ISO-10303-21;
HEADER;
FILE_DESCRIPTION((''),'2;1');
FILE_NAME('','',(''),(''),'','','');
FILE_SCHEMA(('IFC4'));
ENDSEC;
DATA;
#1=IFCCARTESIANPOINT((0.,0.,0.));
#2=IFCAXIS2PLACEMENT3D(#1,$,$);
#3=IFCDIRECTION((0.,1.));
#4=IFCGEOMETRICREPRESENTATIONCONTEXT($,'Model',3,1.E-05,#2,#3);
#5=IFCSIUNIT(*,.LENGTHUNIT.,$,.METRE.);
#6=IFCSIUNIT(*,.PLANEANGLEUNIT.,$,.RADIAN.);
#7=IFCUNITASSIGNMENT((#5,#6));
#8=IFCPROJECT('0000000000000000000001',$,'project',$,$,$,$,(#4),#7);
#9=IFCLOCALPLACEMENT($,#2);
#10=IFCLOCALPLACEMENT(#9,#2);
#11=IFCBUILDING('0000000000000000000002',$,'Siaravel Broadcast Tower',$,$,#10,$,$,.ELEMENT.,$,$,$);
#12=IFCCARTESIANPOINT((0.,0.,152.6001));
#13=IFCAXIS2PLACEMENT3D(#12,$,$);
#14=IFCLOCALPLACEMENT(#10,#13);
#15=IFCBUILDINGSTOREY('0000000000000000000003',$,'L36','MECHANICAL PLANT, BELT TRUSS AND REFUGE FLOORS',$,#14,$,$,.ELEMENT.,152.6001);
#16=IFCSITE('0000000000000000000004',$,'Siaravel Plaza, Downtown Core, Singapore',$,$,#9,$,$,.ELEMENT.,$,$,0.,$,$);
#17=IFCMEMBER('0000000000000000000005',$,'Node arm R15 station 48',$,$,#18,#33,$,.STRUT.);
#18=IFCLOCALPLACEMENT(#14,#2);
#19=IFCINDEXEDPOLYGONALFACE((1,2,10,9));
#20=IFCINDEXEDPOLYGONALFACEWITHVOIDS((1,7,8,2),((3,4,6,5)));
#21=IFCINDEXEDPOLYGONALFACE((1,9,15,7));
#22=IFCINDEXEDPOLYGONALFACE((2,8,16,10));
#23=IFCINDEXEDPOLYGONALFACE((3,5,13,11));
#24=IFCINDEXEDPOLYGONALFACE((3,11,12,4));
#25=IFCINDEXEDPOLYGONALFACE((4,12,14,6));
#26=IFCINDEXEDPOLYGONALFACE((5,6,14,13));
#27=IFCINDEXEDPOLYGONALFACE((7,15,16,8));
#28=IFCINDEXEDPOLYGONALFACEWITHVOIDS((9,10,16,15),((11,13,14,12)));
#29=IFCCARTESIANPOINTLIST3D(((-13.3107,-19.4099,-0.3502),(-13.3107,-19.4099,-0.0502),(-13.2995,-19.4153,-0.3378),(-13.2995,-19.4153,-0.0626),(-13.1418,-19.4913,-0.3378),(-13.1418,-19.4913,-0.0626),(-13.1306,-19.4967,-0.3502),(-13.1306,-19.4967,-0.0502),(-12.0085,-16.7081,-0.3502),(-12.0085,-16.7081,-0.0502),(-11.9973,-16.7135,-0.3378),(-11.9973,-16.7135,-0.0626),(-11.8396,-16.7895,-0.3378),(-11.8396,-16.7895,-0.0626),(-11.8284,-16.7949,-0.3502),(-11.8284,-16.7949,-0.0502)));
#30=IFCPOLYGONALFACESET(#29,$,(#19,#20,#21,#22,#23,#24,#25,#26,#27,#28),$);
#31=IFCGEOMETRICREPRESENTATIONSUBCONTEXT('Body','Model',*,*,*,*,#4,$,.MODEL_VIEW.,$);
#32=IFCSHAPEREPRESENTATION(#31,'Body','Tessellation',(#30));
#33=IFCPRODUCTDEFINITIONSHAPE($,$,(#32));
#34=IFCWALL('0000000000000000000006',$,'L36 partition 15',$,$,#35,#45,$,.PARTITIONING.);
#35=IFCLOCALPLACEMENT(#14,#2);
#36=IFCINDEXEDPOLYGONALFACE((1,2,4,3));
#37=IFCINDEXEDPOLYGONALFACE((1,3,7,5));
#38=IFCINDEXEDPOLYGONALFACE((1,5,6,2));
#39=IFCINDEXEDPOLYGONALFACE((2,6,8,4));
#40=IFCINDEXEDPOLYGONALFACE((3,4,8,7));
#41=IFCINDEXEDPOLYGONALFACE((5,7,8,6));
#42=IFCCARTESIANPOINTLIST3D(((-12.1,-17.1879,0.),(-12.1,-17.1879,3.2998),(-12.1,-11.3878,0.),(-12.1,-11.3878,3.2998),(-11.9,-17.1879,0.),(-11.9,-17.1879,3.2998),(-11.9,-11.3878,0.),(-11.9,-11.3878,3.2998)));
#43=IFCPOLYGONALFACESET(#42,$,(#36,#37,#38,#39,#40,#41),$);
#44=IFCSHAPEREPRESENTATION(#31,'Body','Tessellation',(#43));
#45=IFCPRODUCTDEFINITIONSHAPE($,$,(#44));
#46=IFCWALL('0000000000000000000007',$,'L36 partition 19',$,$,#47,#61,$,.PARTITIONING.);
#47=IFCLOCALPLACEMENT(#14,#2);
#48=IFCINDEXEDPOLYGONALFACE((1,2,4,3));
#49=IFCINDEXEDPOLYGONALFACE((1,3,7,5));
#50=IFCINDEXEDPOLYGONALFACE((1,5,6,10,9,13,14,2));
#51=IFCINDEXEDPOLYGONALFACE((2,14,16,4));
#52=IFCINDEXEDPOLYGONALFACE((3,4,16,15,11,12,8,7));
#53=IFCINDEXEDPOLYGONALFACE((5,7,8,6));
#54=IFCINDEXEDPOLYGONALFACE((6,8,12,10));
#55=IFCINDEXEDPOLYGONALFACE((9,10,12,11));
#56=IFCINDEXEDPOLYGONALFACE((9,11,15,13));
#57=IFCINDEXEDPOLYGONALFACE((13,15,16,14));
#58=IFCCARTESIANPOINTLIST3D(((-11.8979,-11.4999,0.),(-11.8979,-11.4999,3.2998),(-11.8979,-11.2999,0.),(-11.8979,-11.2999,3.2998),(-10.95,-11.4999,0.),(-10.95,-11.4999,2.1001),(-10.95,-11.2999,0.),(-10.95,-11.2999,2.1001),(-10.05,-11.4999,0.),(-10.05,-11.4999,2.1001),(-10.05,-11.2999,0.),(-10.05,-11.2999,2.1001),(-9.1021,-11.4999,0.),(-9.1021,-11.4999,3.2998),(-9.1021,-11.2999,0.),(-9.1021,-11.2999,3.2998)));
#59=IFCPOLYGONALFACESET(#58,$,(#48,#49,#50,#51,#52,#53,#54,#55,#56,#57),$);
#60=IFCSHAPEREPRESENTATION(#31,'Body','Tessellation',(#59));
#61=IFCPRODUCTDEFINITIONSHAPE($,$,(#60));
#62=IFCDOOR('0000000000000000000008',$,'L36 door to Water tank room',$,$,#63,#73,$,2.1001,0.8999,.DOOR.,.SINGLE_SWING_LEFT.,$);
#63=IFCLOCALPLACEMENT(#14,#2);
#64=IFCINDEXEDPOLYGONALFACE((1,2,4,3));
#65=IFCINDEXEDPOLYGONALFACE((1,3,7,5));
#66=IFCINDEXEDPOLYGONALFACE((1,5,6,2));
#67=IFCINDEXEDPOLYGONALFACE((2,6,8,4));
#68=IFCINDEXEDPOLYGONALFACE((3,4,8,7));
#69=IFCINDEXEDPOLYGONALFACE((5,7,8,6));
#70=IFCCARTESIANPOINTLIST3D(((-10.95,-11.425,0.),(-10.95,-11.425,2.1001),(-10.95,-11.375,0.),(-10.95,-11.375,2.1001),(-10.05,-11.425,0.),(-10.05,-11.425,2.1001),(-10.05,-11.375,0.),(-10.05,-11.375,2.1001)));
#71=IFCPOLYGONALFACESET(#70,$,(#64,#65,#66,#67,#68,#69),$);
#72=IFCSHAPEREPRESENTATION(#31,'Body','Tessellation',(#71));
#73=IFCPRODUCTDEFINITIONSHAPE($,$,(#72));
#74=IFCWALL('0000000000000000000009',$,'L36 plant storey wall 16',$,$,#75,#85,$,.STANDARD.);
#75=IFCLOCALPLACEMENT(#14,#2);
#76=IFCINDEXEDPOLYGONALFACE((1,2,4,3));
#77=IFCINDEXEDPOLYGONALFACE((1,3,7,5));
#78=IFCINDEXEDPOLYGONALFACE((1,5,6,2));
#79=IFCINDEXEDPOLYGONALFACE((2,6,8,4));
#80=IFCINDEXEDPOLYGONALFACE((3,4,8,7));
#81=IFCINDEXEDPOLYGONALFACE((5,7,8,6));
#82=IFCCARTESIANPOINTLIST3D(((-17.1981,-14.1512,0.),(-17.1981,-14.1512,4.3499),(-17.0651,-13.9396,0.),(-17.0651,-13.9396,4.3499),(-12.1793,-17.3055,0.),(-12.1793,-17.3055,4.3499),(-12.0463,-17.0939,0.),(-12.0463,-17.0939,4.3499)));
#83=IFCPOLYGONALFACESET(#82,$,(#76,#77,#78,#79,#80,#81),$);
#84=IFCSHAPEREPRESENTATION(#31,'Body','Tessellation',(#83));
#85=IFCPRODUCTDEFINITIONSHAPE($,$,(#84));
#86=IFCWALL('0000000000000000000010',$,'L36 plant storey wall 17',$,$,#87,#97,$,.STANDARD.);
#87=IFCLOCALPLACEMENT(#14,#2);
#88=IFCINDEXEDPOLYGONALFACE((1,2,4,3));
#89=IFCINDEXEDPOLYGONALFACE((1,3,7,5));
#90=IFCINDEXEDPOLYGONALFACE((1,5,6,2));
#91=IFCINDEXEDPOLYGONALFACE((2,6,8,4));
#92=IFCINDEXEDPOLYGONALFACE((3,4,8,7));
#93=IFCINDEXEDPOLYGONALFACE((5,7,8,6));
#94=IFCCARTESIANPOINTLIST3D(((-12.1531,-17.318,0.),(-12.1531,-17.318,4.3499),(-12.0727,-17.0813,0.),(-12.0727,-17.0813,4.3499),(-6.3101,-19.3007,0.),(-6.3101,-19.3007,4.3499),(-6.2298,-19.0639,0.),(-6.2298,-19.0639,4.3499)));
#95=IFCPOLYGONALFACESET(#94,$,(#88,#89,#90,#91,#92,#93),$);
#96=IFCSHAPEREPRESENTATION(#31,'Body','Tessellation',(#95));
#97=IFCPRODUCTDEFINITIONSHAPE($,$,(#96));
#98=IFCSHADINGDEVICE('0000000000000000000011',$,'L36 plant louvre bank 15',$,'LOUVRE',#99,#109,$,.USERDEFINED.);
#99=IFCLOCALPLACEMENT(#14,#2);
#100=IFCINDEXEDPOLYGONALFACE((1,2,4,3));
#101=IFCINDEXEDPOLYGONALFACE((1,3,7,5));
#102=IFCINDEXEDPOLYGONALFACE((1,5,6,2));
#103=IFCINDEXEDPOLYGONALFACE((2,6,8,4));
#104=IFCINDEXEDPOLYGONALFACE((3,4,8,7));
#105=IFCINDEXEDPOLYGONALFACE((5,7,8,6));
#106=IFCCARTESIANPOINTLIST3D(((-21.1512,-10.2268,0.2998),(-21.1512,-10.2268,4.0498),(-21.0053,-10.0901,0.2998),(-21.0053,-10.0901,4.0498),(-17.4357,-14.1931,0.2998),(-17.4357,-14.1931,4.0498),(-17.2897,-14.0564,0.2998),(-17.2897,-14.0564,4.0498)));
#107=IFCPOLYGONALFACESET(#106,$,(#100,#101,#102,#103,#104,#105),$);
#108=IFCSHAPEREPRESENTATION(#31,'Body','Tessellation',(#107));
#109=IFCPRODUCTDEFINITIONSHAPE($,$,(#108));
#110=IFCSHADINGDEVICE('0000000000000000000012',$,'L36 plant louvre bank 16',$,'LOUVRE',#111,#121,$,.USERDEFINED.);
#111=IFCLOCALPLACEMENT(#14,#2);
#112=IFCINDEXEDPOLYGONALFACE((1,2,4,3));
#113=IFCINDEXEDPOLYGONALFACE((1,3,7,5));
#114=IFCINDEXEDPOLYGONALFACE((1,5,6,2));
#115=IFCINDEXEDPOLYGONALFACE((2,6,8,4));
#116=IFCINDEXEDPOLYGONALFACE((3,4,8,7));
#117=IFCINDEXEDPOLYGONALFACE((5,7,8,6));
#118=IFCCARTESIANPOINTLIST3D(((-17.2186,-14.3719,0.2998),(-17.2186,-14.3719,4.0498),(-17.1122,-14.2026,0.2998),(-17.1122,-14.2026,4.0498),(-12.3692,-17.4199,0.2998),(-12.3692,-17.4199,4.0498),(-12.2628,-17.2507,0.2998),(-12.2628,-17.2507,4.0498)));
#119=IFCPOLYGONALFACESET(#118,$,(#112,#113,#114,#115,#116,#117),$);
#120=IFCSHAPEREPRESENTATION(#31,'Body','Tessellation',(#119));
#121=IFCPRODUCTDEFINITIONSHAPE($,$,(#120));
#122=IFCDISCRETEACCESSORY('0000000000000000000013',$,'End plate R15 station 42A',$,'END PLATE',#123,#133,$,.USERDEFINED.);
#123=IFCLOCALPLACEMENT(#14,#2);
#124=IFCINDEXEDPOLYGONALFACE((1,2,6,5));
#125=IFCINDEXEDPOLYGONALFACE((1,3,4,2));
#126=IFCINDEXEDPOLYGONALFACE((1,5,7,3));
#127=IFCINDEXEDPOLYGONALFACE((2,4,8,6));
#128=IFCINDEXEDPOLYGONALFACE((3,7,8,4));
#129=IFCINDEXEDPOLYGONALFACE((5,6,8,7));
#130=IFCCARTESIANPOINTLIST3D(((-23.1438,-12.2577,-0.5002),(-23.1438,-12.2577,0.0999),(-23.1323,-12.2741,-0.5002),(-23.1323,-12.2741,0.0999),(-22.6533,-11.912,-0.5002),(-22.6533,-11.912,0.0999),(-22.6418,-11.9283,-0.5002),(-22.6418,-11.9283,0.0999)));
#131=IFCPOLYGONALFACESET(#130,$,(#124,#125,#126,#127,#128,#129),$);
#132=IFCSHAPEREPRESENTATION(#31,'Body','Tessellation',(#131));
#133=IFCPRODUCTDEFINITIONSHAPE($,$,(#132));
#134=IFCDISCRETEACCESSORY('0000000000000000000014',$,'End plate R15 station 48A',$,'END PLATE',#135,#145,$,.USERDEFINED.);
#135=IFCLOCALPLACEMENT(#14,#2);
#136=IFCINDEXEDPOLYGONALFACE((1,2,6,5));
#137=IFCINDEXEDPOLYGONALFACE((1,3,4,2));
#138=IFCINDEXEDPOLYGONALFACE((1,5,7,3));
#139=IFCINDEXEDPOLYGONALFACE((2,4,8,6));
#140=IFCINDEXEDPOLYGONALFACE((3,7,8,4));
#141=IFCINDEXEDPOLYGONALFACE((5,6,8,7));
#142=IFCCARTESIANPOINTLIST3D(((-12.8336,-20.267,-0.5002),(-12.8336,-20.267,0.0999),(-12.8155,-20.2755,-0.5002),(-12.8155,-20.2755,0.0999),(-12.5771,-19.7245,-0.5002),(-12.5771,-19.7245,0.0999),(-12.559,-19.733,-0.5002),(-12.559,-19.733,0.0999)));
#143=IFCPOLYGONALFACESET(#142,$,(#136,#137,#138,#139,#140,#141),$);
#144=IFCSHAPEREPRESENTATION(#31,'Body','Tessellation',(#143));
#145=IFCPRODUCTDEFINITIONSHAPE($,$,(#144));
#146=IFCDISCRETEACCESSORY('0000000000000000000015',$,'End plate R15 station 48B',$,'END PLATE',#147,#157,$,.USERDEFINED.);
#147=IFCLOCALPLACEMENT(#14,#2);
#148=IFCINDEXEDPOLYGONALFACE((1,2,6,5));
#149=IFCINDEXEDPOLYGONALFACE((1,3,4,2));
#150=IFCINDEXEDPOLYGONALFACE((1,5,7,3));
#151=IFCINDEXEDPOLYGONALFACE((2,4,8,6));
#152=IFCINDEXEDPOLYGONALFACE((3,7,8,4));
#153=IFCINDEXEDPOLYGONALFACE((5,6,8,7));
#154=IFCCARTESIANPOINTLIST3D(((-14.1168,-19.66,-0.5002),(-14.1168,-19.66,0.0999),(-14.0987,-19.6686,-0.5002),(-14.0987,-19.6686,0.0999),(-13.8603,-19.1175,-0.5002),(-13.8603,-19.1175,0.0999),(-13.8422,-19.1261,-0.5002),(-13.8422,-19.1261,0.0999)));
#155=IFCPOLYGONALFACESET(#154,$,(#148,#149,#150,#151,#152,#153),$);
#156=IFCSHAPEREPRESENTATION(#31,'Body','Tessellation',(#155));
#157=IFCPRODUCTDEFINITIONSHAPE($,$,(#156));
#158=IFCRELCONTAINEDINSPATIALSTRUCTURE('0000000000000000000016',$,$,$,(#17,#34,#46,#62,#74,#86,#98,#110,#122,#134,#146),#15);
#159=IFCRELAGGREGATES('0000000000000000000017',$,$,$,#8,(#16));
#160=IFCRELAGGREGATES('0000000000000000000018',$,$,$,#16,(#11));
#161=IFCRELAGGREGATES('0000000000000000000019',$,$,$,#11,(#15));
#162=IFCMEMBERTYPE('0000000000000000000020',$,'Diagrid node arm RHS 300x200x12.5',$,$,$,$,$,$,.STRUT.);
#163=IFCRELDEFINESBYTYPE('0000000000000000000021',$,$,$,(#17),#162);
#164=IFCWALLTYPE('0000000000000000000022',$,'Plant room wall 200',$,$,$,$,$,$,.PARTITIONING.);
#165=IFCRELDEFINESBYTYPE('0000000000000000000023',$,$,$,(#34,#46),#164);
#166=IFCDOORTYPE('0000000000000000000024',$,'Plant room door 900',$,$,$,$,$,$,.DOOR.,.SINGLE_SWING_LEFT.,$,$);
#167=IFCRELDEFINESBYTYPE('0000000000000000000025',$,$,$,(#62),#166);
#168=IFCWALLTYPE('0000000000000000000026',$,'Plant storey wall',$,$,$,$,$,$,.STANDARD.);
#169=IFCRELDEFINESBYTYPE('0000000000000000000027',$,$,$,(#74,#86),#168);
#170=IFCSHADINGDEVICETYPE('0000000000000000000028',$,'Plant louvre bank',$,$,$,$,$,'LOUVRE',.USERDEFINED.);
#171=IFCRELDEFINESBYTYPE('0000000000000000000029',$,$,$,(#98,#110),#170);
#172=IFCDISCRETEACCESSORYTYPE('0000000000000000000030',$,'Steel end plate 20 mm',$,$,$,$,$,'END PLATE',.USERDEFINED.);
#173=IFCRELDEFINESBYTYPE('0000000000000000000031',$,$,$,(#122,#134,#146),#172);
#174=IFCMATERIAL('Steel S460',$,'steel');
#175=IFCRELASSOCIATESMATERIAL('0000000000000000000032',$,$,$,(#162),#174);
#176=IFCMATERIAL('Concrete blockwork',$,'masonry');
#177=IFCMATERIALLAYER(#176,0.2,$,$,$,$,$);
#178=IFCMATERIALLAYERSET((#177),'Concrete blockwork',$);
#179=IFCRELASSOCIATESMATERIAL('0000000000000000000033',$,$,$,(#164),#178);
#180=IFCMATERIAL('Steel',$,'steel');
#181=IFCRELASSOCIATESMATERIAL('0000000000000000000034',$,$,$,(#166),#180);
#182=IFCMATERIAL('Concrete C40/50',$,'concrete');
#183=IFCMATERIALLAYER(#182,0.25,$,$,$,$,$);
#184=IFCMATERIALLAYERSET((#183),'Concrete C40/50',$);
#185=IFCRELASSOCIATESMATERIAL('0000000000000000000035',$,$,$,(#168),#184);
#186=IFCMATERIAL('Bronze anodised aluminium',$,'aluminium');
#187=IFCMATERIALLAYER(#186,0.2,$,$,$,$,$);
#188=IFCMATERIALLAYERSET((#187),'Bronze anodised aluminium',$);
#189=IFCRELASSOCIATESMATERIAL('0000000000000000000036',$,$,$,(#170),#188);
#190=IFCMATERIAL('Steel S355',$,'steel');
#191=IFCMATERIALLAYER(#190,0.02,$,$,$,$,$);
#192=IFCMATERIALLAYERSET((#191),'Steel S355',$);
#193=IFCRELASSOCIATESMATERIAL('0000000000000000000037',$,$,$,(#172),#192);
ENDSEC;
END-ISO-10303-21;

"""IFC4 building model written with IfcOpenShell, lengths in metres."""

from ifc_helpers import new_model, si_unit, direction, frame, frame_2d, origin, origin_2d, place, context, subcontext, project, spatial, rectangle, hollow_rectangle, extrude, material, layer, layer_set, material_profile, profile_set, type_object, element, fill, save


model = new_model("IFC4")

# Units and contexts
model_context = context("Model", 3, precision=1e-05, world=origin(), true_north=direction((0.0, 1.0)))
body_context = subcontext(model_context, "Body", "Model", "MODEL_VIEW")
ifc_project = project(units=[si_unit("LENGTHUNIT", "METRE"), si_unit("PLANEANGLEUNIT", "RADIAN")], contexts=[model_context])

# Site, building, storey
site_placement = place(None, origin())
site = spatial("IfcSite", under=ifc_project, at=site_placement, Name="Siaravel Plaza, Downtown Core, Singapore", CompositionType="ELEMENT", RefElevation=0.0)
building_placement = place(site_placement, origin())
building = spatial("IfcBuilding", under=site, at=building_placement, Name="Siaravel Broadcast Tower", CompositionType="ELEMENT")
storey_placement = place(building_placement, frame((0.0, 0.0, 152.6001)))
storey = spatial("IfcBuildingStorey", under=building, at=storey_placement, Name="L36", Description="MECHANICAL PLANT, BELT TRUSS AND REFUGE FLOORS", CompositionType="ELEMENT", Elevation=152.6001)

# Shared definitions
ifc_material_1 = material(Name="Steel S355", Category="steel")
ifc_material_2 = material(Name="Steel S460", Category="steel")

# Member
ifc_material_profile_1 = material_profile(ifc_material_2, hollow_rectangle(XDim=0.2, YDim=0.3, WallThickness=0.0125, at=origin_2d()))
ifc_profile_set_1 = profile_set([ifc_material_profile_1], Name="Steel S460")
member_type_1 = type_object("IfcMemberType", Name="Diagrid node arm RHS 300x200x12.5", PredefinedType="STRUT", material=ifc_profile_set_1)
member_1_placement = place(storey_placement, frame((-11.9185, -16.7515, -0.2002), z_axis=(-0.434175, -0.900828, 0.0), x_axis=(0.900828, -0.434175, 0.0)))
element("IfcMember", 1, at=member_1_placement, inside=storey, type_object=member_type_1, Name="Node arm R15 station 48", PredefinedType="STRUT", context=body_context, shape_type="SweptSolid", body=[
    extrude(hollow_rectangle(XDim=0.2, YDim=0.3, WallThickness=0.0125, at=origin_2d()), origin(), (0.0, 0.0, 1.0), 2.9993),
])

# Wall
ifc_material_3 = material(Name="Concrete blockwork", Category="masonry")
ifc_layer_1 = layer(ifc_material_3, 0.2)
ifc_layer_set_1 = layer_set([ifc_layer_1], Name="Concrete blockwork")
wall_type_1 = type_object("IfcWallType", Name="Plant room wall 200", PredefinedType="PARTITIONING", material=ifc_layer_set_1)
wall_1_placement = place(storey_placement, frame((-12.0, -11.3879, 0.0), z_axis=(0.0, 0.0, 1.0), x_axis=(0.0, -1.0, 0.0)))
element("IfcWall", 2, at=wall_1_placement, inside=storey, type_object=wall_type_1, Name="L36 partition 15", PredefinedType="PARTITIONING", context=body_context, shape_type="SweptSolid", body=[
    extrude(rectangle(XDim=5.8, YDim=0.2, at=frame_2d((2.8999, 0.0))), origin(), (0.0, 0.0, 1.0), 3.2998),
])

# Wall, opening, door
wall_2_placement = place(storey_placement, frame((-11.8979, -11.3999, 0.0), z_axis=(0.0, 0.0, 1.0), x_axis=(1.0, 0.0, 0.0)))
wall_2 = element("IfcWall", 3, at=wall_2_placement, inside=storey, type_object=wall_type_1, Name="L36 partition 19", PredefinedType="PARTITIONING", context=body_context, shape_type="SweptSolid", body=[
    extrude(rectangle(XDim=2.7959, YDim=0.2, at=frame_2d((1.3979, 0.0))), origin(), (0.0, 0.0, 1.0), 3.2998),
])
opening_placement = place(wall_2_placement, frame((0.948, 0.0, 0.0)))
opening = element("IfcOpeningElement", 4, at=opening_placement, cuts=wall_2, PredefinedType="OPENING", context=body_context, shape_type="SweptSolid", body=[
    extrude(rectangle(XDim=0.8999, YDim=2.1001, at=frame_2d((0.45, 1.05))), frame((0.0, 0.1099, 0.0), z_axis=(0.0, -1.0, 0.0), x_axis=(1.0, 0.0, 0.0)), (0.0, 0.0, 1.0), 0.22),
])
ifc_material_4 = material(Name="Steel", Category="steel")
door_type = type_object("IfcDoorType", Name="Plant room door 900", OperationType="SINGLE_SWING_LEFT", PredefinedType="DOOR", material=ifc_material_4)
door_placement = place(opening_placement, origin())
door = element("IfcDoor", 5, at=door_placement, inside=storey, type_object=door_type, Name="L36 door to Water tank room", OperationType="SINGLE_SWING_LEFT", OverallHeight=2.1001, OverallWidth=0.8999, PredefinedType="DOOR", context=body_context, shape_type="SweptSolid", body=[
    extrude(rectangle(XDim=0.8999, YDim=2.1001, at=frame_2d((0.45, 1.05))), frame((0.0, 0.0249, 0.0), z_axis=(0.0, -1.0, 0.0), x_axis=(1.0, 0.0, 0.0)), (0.0, 0.0, 1.0), 0.05),
])
fill(opening, door)

# Walls
ifc_material_5 = material(Name="Concrete C40/50", Category="concrete")
ifc_layer_2 = layer(ifc_material_5, 0.25)
ifc_layer_set_2 = layer_set([ifc_layer_2], Name="Concrete C40/50")
wall_type_2 = type_object("IfcWallType", Name="Plant storey wall", PredefinedType="STANDARD", material=ifc_layer_set_2)
wall_3_placement = place(storey_placement, frame((-17.1316, -14.0454, 0.0), z_axis=(0.0, 0.0, 1.0), x_axis=(0.846665, -0.532126, 0.0)))
element("IfcWall", 6, at=wall_3_placement, inside=storey, type_object=wall_type_2, Name="L36 plant storey wall 16", PredefinedType="STANDARD", context=body_context, shape_type="SweptSolid", body=[
    extrude(rectangle(XDim=5.9277, YDim=0.25, at=frame_2d((2.9639, 0.0))), origin(), (0.0, 0.0, 1.0), 4.3499),
])
wall_4_placement = place(storey_placement, frame((-12.1128, -17.1997, 0.0), z_axis=(0.0, 0.0, 1.0), x_axis=(0.946968, -0.321327, 0.0)))
element("IfcWall", 7, at=wall_4_placement, inside=storey, type_object=wall_type_2, Name="L36 plant storey wall 17", PredefinedType="STANDARD", context=body_context, shape_type="SweptSolid", body=[
    extrude(rectangle(XDim=6.1702, YDim=0.25, at=frame_2d((3.085, 0.0))), origin(), (0.0, 0.0, 1.0), 4.3499),
])

# Shading devices
ifc_material_6 = material(Name="Bronze anodised aluminium", Category="aluminium")
ifc_layer_3 = layer(ifc_material_6, 0.2)
ifc_layer_set_3 = layer_set([ifc_layer_3], Name="Bronze anodised aluminium")
shading_device_type = type_object("IfcShadingDeviceType", Name="Plant louvre bank", ElementType="LOUVRE", PredefinedType="USERDEFINED", material=ifc_layer_set_3)
shading_device_1_placement = place(storey_placement, frame((-19.2205, -12.1416, 0.2998), z_axis=(0.0, 0.0, 1.0), x_axis=(0.683655, -0.729806, 0.0)))
element("IfcShadingDevice", 8, at=shading_device_1_placement, inside=storey, type_object=shading_device_type, Name="L36 plant louvre bank 15", ObjectType="LOUVRE", PredefinedType="USERDEFINED", context=body_context, shape_type="SweptSolid", body=[
    extrude(rectangle(XDim=5.4348, YDim=0.2, at=origin_2d()), origin(), (0.0, 0.0, 1.0), 3.75),
])
shading_device_2_placement = place(storey_placement, frame((-14.7407, -15.8113, 0.2998), z_axis=(0.0, 0.0, 1.0), x_axis=(0.84665, -0.532149, 0.0)))
element("IfcShadingDevice", 9, at=shading_device_2_placement, inside=storey, type_object=shading_device_type, Name="L36 plant louvre bank 16", ObjectType="LOUVRE", PredefinedType="USERDEFINED", context=body_context, shape_type="SweptSolid", body=[
    extrude(rectangle(XDim=5.7278, YDim=0.2, at=origin_2d()), origin(), (0.0, 0.0, 1.0), 3.75),
])

# Discrete accessories
ifc_layer_4 = layer(ifc_material_1, 0.02)
ifc_layer_set_4 = layer_set([ifc_layer_4], Name="Steel S355")
discrete_accessory_type = type_object("IfcDiscreteAccessoryType", Name="Steel end plate 20 mm", ElementType="END PLATE", PredefinedType="USERDEFINED", material=ifc_layer_set_4)
for number, where, z_axis, x_axis, name in (
    (10, (-22.8928, -12.093, -0.5002), (0.0, 0.0, 1.0), (0.576119, -0.817366, 0.0), "End plate R15 station 42A"),
    (11, (-12.6963, -20.0, -0.5002), (0.0, 0.0, 1.0), (0.904006, -0.427519, 0.0), "End plate R15 station 48A"),
    (12, (-13.9795, -19.3931, -0.5002), (0.0, 0.0, 1.0), (0.904006, -0.427519, 0.0), "End plate R15 station 48B"),
):
    element("IfcDiscreteAccessory", number, at=place(storey_placement, frame(where, z_axis=z_axis, x_axis=x_axis)), inside=storey, type_object=discrete_accessory_type, Name=name, ObjectType="END PLATE", PredefinedType="USERDEFINED", context=body_context, shape_type="SweptSolid", body=[
        extrude(rectangle(XDim=0.02, YDim=0.6001, at=origin_2d()), origin(), (0.0, 0.0, 1.0), 0.6001),
    ])

save(model, "model.ifc")
